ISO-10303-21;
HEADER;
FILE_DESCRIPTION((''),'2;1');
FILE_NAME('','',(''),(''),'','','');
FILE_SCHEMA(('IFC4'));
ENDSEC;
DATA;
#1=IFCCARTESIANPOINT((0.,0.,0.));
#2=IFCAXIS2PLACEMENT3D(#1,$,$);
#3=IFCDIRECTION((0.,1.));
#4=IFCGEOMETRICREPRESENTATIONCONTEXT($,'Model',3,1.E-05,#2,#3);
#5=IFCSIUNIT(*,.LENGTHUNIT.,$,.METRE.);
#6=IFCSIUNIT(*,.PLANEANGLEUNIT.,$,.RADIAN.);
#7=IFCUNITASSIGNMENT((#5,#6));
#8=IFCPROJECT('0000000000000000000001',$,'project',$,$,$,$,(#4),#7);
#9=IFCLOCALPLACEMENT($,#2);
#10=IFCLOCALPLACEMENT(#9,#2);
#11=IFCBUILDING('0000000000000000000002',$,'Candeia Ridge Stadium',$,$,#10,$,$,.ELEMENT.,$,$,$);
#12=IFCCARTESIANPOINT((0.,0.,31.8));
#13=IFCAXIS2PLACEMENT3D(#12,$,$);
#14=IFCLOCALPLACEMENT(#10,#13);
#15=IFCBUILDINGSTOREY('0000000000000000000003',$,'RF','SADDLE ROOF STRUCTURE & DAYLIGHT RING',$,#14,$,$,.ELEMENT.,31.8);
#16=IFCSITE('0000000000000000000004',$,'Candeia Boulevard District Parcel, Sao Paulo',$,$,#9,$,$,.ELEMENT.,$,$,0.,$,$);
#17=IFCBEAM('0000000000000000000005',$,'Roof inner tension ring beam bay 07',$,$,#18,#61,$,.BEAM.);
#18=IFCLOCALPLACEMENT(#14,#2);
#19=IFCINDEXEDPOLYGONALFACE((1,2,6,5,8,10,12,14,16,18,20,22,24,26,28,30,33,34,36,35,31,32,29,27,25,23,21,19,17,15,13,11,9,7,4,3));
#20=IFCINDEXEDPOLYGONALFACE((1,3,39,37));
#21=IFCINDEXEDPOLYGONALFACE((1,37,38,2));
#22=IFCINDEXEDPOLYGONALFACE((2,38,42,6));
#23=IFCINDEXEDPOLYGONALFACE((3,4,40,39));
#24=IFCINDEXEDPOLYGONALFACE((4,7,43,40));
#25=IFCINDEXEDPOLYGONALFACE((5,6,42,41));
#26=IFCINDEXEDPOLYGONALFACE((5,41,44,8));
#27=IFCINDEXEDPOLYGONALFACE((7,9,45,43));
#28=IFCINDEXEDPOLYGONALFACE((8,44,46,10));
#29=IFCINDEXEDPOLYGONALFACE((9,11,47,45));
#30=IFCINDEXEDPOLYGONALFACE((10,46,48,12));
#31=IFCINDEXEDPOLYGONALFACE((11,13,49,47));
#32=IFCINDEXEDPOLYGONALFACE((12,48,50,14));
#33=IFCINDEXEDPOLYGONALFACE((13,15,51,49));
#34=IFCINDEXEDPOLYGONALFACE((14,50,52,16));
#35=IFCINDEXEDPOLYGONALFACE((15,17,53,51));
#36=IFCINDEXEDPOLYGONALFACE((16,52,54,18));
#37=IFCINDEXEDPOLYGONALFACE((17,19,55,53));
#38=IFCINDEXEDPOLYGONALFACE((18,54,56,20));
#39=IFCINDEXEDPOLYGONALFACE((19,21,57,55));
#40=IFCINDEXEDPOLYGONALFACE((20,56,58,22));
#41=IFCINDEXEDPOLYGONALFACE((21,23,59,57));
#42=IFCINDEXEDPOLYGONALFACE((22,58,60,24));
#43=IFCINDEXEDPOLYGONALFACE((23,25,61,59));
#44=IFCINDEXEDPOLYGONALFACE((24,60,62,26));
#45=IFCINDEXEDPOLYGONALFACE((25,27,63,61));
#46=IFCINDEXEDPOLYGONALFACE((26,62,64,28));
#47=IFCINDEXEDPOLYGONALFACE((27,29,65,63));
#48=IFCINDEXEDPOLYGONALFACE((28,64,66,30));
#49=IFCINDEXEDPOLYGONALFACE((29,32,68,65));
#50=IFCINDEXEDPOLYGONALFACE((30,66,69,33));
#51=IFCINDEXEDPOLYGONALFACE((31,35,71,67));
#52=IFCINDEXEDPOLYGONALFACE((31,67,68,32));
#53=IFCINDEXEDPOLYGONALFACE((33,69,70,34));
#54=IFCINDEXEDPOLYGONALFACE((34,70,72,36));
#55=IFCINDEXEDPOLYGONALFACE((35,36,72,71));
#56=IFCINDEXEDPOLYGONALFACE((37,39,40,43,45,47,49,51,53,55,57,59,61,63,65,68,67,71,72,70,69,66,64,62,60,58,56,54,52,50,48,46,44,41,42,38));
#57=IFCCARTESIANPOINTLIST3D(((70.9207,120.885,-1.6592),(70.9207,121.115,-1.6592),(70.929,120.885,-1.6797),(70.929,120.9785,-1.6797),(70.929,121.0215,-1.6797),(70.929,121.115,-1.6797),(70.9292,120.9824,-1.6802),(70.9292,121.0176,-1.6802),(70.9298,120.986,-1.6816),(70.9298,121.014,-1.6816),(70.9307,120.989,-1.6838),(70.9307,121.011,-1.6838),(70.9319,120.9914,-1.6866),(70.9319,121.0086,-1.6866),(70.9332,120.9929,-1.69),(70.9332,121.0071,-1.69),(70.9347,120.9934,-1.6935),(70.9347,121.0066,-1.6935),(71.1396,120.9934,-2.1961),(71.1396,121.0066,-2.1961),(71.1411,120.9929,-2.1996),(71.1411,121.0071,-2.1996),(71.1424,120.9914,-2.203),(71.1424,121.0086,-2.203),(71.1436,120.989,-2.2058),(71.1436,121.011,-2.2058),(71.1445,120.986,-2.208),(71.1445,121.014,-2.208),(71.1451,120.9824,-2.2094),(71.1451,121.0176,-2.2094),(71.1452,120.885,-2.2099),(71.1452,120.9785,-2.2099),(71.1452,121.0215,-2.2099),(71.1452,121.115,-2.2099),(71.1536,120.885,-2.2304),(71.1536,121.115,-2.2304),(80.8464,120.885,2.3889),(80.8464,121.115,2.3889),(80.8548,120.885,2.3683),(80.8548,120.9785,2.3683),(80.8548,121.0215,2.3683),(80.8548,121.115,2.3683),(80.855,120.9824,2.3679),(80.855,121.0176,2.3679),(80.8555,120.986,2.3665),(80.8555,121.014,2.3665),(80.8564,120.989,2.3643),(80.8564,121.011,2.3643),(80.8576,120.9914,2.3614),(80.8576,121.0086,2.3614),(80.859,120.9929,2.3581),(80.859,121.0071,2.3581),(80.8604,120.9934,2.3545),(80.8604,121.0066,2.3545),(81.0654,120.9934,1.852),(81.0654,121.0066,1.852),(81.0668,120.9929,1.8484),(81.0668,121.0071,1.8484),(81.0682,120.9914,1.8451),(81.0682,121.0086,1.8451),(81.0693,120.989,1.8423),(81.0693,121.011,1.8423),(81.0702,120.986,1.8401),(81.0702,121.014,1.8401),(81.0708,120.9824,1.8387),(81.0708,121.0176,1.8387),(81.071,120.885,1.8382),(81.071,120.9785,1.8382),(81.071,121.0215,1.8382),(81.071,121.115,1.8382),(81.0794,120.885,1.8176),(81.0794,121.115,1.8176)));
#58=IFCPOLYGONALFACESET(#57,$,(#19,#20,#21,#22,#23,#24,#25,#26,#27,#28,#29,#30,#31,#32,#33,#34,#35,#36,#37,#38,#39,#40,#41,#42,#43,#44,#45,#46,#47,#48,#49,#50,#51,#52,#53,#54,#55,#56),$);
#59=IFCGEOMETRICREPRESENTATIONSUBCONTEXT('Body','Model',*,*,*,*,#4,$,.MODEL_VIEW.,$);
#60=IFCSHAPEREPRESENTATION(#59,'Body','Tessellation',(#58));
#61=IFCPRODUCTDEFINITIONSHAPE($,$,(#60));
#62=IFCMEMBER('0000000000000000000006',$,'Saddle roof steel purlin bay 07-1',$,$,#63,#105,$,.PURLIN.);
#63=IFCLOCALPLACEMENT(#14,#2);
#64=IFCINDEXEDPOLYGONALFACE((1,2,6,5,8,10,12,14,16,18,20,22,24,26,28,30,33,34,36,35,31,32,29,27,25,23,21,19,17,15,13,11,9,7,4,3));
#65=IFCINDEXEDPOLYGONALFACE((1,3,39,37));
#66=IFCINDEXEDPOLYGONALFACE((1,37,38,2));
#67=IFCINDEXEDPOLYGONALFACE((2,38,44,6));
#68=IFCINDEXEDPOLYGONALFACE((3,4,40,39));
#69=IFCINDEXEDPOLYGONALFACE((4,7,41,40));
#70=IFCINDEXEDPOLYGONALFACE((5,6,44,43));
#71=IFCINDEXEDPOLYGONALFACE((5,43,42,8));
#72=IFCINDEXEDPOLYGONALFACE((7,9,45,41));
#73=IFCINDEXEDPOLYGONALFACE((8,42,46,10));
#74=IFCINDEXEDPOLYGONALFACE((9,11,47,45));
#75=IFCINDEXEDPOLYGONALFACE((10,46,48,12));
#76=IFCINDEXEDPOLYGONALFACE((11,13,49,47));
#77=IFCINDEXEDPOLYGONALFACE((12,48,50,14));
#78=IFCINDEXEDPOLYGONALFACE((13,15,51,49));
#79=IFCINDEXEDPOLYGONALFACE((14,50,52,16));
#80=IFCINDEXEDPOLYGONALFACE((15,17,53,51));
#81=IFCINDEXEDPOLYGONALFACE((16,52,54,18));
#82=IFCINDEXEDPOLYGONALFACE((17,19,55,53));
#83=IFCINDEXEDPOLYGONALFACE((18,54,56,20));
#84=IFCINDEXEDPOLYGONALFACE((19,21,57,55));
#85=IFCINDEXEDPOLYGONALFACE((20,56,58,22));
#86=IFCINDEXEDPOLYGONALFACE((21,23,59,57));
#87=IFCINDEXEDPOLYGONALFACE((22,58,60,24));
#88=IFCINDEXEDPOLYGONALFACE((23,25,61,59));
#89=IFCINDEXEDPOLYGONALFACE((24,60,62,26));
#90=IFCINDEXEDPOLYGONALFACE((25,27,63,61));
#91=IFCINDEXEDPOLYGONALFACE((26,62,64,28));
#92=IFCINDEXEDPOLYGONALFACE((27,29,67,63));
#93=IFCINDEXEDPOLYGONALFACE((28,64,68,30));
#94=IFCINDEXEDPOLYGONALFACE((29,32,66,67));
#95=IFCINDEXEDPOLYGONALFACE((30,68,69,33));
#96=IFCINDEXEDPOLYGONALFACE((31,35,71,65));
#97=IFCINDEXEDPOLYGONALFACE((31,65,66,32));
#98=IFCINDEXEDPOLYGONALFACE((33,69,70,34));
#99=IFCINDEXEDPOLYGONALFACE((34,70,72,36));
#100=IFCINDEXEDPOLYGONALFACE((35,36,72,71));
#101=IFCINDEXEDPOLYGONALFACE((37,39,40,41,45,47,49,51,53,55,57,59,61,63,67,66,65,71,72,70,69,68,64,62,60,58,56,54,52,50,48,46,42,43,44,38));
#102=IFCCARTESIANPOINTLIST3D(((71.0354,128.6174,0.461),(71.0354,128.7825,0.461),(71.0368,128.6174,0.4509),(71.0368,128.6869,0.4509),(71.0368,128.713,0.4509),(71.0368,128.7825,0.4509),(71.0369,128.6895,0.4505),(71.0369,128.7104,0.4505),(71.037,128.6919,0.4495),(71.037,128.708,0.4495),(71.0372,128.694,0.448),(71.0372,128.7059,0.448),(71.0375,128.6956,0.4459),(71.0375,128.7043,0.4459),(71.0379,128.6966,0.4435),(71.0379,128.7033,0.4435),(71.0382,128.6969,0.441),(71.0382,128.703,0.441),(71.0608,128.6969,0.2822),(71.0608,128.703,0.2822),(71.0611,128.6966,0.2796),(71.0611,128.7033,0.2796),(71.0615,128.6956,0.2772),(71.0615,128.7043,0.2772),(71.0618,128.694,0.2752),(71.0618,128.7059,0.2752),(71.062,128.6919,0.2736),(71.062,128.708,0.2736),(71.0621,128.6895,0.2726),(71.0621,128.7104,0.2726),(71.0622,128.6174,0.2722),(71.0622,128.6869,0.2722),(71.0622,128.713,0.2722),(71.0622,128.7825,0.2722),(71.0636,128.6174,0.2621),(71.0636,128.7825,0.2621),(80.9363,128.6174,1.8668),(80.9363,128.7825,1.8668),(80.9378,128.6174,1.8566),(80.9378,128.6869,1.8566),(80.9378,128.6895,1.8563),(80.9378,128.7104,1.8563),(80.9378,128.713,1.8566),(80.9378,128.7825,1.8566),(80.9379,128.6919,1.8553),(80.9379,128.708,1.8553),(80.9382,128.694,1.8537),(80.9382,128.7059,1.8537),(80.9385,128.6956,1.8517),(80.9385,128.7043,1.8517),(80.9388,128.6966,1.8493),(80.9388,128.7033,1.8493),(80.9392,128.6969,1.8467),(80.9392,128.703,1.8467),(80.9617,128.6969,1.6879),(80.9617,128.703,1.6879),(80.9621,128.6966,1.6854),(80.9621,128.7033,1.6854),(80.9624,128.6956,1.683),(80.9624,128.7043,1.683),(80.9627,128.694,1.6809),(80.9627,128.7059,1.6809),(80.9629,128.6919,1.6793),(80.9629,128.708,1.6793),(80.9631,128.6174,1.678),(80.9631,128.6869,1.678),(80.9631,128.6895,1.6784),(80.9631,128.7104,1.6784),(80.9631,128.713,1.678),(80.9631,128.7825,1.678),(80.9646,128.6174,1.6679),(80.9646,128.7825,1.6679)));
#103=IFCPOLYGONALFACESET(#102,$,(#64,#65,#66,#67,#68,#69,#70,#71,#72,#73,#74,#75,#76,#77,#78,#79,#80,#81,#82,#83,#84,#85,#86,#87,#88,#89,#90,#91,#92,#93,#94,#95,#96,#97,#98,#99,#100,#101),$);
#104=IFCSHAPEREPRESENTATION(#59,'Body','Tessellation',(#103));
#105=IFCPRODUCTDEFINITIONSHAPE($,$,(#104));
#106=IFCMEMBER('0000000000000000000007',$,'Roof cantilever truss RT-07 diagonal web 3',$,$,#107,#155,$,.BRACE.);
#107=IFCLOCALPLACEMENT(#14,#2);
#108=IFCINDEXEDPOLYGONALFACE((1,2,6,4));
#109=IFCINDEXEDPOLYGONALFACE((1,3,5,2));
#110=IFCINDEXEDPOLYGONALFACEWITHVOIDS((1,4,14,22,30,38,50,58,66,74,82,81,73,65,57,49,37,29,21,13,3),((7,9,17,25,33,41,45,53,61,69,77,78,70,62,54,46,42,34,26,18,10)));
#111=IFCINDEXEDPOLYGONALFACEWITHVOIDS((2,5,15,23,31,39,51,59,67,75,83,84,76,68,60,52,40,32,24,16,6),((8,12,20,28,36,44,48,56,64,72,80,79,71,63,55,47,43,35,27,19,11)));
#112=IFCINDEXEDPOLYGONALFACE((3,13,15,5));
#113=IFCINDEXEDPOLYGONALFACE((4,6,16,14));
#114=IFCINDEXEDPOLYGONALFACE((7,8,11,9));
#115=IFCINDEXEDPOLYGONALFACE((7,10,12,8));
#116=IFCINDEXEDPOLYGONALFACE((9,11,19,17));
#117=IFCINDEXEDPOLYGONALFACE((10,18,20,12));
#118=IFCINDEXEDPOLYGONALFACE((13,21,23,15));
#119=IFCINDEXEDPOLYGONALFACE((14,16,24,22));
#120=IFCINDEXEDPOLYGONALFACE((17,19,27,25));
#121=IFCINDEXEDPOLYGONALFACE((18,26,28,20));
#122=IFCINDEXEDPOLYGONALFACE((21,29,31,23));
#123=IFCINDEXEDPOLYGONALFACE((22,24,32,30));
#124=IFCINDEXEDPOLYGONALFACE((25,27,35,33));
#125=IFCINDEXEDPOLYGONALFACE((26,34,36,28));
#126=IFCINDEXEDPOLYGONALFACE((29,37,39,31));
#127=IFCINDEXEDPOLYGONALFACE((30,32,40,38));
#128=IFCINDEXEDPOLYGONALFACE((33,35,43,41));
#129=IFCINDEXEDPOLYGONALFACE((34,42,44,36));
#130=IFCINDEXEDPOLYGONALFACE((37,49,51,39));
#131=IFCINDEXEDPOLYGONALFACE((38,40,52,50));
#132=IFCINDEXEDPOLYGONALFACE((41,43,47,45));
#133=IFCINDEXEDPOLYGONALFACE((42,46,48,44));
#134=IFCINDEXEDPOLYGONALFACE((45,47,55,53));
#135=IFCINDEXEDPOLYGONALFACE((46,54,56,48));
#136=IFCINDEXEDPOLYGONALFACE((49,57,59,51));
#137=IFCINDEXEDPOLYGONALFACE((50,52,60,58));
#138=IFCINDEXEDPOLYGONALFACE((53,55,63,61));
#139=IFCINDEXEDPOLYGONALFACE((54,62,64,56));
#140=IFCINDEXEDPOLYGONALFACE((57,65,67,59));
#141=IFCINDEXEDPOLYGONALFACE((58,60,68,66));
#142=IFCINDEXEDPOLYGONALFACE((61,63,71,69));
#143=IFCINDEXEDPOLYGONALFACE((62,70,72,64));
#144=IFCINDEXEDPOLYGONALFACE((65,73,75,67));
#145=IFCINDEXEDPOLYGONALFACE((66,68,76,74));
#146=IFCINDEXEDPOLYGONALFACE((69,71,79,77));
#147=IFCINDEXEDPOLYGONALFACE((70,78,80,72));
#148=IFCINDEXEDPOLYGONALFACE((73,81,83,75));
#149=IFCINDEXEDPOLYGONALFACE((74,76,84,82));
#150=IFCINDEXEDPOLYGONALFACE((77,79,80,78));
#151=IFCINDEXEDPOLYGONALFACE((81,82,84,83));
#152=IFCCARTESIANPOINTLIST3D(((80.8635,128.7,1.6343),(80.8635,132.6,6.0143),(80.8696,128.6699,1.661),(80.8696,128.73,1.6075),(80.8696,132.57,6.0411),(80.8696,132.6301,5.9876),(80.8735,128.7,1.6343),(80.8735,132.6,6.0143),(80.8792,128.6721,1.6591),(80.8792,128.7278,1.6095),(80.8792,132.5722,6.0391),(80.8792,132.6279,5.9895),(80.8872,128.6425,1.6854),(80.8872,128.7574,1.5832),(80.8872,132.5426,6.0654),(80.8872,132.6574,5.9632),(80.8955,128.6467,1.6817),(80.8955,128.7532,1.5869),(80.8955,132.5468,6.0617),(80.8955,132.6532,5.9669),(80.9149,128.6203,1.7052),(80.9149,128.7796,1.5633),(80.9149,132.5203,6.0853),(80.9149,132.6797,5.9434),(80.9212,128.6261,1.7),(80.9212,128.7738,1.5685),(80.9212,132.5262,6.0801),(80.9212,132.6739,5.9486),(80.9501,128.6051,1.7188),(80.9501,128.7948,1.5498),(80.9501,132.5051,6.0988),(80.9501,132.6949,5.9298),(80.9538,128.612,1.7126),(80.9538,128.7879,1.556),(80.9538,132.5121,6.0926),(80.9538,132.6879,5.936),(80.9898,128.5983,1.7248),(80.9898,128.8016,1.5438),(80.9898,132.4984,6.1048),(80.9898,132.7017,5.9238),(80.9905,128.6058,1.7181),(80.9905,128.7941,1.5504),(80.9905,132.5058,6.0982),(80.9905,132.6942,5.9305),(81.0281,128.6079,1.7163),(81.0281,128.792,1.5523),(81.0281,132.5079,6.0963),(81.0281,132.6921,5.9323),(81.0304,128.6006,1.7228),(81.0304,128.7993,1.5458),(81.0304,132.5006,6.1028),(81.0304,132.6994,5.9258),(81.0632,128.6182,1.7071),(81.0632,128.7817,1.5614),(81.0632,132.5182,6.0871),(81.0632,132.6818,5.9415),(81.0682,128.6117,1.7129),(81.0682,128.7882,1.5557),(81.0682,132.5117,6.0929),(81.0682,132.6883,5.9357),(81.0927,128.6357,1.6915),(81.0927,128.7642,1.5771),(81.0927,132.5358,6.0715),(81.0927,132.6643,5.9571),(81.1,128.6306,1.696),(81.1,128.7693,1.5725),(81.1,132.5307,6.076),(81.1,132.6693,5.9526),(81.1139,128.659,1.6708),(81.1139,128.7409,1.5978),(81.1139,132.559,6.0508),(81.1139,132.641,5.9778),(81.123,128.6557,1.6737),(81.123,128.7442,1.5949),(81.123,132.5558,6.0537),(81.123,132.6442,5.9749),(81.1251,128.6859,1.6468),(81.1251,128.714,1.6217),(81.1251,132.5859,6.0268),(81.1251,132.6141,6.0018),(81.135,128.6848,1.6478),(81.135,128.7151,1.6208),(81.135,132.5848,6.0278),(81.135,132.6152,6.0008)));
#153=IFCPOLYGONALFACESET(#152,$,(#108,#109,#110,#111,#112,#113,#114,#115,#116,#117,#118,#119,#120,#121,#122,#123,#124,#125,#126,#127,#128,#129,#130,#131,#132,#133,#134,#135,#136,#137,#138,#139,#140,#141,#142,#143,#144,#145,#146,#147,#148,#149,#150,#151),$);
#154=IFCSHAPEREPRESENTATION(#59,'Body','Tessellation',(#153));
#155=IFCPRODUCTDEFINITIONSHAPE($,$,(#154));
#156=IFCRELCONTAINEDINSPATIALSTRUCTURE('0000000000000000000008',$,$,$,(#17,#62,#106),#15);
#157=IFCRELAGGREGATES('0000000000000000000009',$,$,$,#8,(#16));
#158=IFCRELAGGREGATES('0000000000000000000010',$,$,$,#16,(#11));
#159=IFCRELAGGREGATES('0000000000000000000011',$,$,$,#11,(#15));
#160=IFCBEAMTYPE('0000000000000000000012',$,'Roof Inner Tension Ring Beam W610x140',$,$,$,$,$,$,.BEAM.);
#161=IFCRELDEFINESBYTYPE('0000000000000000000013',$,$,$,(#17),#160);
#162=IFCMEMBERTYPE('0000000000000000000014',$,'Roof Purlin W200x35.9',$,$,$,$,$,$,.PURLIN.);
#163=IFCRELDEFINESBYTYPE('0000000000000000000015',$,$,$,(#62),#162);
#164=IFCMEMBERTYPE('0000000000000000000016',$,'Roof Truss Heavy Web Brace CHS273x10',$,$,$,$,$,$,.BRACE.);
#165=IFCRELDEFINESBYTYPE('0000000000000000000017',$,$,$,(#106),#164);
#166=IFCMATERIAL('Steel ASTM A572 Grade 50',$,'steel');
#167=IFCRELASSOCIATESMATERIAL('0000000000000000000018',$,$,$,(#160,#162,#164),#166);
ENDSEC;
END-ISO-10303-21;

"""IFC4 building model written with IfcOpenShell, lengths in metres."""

from ifc_helpers import new_model, si_unit, direction, frame, origin, origin_2d, place, context, subcontext, project, spatial, hollow_circle, i_section, extrude, material, material_profile, profile_set, type_object, element, save


model = new_model("IFC4")

# Units and contexts
model_context = context("Model", 3, precision=1e-05, world=origin(), true_north=direction((0.0, 1.0)))
body_context = subcontext(model_context, "Body", "Model", "MODEL_VIEW")
ifc_project = project(units=[si_unit("LENGTHUNIT", "METRE"), si_unit("PLANEANGLEUNIT", "RADIAN")], contexts=[model_context])

# Site, building, storey
site_placement = place(None, origin())
site = spatial("IfcSite", under=ifc_project, at=site_placement, Name="Candeia Boulevard District Parcel, Sao Paulo", CompositionType="ELEMENT", RefElevation=0.0)
building_placement = place(site_placement, origin())
building = spatial("IfcBuilding", under=site, at=building_placement, Name="Candeia Ridge Stadium", CompositionType="ELEMENT")
storey_placement = place(building_placement, frame((0.0, 0.0, 31.8)))
storey = spatial("IfcBuildingStorey", under=building, at=storey_placement, Name="RF", Description="SADDLE ROOF STRUCTURE & DAYLIGHT RING", CompositionType="ELEMENT", Elevation=31.8)

# Beam
ifc_material_1 = material(Name="Steel ASTM A572 Grade 50", Category="steel")
ifc_material_profile_1 = material_profile(ifc_material_1, i_section(OverallWidth=0.23, OverallDepth=0.6169, WebThickness=0.0132, FlangeThickness=0.0222, FilletRadius=0.0149, at=origin_2d()), Name="W610x140", Category="steel")
ifc_profile_set_1 = profile_set([ifc_material_profile_1], Name="Steel ASTM A572 Grade 50")
beam_type = type_object("IfcBeamType", Name="Roof Inner Tension Ring Beam W610x140", PredefinedType="BEAM", material=ifc_profile_set_1)
beam_placement = place(storey_placement, frame((80.9629, 121.0, 2.1033), z_axis=(-0.925953, 0.0, -0.377638), x_axis=(0.0, -1.0, 0.0)))
element("IfcBeam", 1, at=beam_placement, inside=storey, type_object=beam_type, Name="Roof inner tension ring beam bay 07", PredefinedType="BEAM", context=body_context, shape_type="SweptSolid", body=[
    extrude(i_section(OverallWidth=0.23, OverallDepth=0.6169, WebThickness=0.0132, FlangeThickness=0.0222, FilletRadius=0.0149, at=origin_2d()), origin(), (0.0, 0.0, 1.0), 10.7195),
])

# Members
ifc_material_profile_2 = material_profile(ifc_material_1, i_section(OverallWidth=0.165, OverallDepth=0.2009, WebThickness=0.0061, FlangeThickness=0.0103, FilletRadius=0.01, at=origin_2d()), Name="W200x35.9", Category="steel")
ifc_profile_set_2 = profile_set([ifc_material_profile_2], Name="Steel ASTM A572 Grade 50")
member_type_1 = type_object("IfcMemberType", Name="Roof Purlin W200x35.9", PredefinedType="PURLIN", material=ifc_profile_set_2)
member_1_placement = place(storey_placement, frame((80.9504, 128.7, 1.7673), z_axis=(-0.99007, 0.0, -0.140574), x_axis=(0.0, -1.0, 0.0)))
element("IfcMember", 2, at=member_1_placement, inside=storey, type_object=member_type_1, Name="Saddle roof steel purlin bay 07-1", PredefinedType="PURLIN", context=body_context, shape_type="SweptSolid", body=[
    extrude(i_section(OverallWidth=0.165, OverallDepth=0.2009, WebThickness=0.0061, FlangeThickness=0.0103, FilletRadius=0.01, at=origin_2d()), origin(), (0.0, 0.0, 1.0), 10.0002),
])
ifc_material_profile_3 = material_profile(ifc_material_1, hollow_circle(Radius=0.1365, WallThickness=0.01, at=origin_2d()), Name="CHS273x10", Category="steel")
ifc_profile_set_3 = profile_set([ifc_material_profile_3], Name="Steel ASTM A572 Grade 50")
member_type_2 = type_object("IfcMemberType", Name="Roof Truss Heavy Web Brace CHS273x10", PredefinedType="BRACE", material=ifc_profile_set_3)
for number, where, z_axis, x_axis, name in (
    (3, (81.0, 128.7, 1.6343), (0.0, 0.665002, 0.746842), (-1.0, 0.0, 0.0), "Roof cantilever truss RT-07 diagonal web 3"),
):
    element("IfcMember", number, at=place(storey_placement, frame(where, z_axis=z_axis, x_axis=x_axis)), inside=storey, type_object=member_type_2, Name=name, PredefinedType="BRACE", context=body_context, shape_type="SweptSolid", body=[
        extrude(hollow_circle(Radius=0.1365, WallThickness=0.01, at=origin_2d()), origin(), (0.0, 0.0, 1.0), 5.8647),
    ])

save(model, "model.ifc")
